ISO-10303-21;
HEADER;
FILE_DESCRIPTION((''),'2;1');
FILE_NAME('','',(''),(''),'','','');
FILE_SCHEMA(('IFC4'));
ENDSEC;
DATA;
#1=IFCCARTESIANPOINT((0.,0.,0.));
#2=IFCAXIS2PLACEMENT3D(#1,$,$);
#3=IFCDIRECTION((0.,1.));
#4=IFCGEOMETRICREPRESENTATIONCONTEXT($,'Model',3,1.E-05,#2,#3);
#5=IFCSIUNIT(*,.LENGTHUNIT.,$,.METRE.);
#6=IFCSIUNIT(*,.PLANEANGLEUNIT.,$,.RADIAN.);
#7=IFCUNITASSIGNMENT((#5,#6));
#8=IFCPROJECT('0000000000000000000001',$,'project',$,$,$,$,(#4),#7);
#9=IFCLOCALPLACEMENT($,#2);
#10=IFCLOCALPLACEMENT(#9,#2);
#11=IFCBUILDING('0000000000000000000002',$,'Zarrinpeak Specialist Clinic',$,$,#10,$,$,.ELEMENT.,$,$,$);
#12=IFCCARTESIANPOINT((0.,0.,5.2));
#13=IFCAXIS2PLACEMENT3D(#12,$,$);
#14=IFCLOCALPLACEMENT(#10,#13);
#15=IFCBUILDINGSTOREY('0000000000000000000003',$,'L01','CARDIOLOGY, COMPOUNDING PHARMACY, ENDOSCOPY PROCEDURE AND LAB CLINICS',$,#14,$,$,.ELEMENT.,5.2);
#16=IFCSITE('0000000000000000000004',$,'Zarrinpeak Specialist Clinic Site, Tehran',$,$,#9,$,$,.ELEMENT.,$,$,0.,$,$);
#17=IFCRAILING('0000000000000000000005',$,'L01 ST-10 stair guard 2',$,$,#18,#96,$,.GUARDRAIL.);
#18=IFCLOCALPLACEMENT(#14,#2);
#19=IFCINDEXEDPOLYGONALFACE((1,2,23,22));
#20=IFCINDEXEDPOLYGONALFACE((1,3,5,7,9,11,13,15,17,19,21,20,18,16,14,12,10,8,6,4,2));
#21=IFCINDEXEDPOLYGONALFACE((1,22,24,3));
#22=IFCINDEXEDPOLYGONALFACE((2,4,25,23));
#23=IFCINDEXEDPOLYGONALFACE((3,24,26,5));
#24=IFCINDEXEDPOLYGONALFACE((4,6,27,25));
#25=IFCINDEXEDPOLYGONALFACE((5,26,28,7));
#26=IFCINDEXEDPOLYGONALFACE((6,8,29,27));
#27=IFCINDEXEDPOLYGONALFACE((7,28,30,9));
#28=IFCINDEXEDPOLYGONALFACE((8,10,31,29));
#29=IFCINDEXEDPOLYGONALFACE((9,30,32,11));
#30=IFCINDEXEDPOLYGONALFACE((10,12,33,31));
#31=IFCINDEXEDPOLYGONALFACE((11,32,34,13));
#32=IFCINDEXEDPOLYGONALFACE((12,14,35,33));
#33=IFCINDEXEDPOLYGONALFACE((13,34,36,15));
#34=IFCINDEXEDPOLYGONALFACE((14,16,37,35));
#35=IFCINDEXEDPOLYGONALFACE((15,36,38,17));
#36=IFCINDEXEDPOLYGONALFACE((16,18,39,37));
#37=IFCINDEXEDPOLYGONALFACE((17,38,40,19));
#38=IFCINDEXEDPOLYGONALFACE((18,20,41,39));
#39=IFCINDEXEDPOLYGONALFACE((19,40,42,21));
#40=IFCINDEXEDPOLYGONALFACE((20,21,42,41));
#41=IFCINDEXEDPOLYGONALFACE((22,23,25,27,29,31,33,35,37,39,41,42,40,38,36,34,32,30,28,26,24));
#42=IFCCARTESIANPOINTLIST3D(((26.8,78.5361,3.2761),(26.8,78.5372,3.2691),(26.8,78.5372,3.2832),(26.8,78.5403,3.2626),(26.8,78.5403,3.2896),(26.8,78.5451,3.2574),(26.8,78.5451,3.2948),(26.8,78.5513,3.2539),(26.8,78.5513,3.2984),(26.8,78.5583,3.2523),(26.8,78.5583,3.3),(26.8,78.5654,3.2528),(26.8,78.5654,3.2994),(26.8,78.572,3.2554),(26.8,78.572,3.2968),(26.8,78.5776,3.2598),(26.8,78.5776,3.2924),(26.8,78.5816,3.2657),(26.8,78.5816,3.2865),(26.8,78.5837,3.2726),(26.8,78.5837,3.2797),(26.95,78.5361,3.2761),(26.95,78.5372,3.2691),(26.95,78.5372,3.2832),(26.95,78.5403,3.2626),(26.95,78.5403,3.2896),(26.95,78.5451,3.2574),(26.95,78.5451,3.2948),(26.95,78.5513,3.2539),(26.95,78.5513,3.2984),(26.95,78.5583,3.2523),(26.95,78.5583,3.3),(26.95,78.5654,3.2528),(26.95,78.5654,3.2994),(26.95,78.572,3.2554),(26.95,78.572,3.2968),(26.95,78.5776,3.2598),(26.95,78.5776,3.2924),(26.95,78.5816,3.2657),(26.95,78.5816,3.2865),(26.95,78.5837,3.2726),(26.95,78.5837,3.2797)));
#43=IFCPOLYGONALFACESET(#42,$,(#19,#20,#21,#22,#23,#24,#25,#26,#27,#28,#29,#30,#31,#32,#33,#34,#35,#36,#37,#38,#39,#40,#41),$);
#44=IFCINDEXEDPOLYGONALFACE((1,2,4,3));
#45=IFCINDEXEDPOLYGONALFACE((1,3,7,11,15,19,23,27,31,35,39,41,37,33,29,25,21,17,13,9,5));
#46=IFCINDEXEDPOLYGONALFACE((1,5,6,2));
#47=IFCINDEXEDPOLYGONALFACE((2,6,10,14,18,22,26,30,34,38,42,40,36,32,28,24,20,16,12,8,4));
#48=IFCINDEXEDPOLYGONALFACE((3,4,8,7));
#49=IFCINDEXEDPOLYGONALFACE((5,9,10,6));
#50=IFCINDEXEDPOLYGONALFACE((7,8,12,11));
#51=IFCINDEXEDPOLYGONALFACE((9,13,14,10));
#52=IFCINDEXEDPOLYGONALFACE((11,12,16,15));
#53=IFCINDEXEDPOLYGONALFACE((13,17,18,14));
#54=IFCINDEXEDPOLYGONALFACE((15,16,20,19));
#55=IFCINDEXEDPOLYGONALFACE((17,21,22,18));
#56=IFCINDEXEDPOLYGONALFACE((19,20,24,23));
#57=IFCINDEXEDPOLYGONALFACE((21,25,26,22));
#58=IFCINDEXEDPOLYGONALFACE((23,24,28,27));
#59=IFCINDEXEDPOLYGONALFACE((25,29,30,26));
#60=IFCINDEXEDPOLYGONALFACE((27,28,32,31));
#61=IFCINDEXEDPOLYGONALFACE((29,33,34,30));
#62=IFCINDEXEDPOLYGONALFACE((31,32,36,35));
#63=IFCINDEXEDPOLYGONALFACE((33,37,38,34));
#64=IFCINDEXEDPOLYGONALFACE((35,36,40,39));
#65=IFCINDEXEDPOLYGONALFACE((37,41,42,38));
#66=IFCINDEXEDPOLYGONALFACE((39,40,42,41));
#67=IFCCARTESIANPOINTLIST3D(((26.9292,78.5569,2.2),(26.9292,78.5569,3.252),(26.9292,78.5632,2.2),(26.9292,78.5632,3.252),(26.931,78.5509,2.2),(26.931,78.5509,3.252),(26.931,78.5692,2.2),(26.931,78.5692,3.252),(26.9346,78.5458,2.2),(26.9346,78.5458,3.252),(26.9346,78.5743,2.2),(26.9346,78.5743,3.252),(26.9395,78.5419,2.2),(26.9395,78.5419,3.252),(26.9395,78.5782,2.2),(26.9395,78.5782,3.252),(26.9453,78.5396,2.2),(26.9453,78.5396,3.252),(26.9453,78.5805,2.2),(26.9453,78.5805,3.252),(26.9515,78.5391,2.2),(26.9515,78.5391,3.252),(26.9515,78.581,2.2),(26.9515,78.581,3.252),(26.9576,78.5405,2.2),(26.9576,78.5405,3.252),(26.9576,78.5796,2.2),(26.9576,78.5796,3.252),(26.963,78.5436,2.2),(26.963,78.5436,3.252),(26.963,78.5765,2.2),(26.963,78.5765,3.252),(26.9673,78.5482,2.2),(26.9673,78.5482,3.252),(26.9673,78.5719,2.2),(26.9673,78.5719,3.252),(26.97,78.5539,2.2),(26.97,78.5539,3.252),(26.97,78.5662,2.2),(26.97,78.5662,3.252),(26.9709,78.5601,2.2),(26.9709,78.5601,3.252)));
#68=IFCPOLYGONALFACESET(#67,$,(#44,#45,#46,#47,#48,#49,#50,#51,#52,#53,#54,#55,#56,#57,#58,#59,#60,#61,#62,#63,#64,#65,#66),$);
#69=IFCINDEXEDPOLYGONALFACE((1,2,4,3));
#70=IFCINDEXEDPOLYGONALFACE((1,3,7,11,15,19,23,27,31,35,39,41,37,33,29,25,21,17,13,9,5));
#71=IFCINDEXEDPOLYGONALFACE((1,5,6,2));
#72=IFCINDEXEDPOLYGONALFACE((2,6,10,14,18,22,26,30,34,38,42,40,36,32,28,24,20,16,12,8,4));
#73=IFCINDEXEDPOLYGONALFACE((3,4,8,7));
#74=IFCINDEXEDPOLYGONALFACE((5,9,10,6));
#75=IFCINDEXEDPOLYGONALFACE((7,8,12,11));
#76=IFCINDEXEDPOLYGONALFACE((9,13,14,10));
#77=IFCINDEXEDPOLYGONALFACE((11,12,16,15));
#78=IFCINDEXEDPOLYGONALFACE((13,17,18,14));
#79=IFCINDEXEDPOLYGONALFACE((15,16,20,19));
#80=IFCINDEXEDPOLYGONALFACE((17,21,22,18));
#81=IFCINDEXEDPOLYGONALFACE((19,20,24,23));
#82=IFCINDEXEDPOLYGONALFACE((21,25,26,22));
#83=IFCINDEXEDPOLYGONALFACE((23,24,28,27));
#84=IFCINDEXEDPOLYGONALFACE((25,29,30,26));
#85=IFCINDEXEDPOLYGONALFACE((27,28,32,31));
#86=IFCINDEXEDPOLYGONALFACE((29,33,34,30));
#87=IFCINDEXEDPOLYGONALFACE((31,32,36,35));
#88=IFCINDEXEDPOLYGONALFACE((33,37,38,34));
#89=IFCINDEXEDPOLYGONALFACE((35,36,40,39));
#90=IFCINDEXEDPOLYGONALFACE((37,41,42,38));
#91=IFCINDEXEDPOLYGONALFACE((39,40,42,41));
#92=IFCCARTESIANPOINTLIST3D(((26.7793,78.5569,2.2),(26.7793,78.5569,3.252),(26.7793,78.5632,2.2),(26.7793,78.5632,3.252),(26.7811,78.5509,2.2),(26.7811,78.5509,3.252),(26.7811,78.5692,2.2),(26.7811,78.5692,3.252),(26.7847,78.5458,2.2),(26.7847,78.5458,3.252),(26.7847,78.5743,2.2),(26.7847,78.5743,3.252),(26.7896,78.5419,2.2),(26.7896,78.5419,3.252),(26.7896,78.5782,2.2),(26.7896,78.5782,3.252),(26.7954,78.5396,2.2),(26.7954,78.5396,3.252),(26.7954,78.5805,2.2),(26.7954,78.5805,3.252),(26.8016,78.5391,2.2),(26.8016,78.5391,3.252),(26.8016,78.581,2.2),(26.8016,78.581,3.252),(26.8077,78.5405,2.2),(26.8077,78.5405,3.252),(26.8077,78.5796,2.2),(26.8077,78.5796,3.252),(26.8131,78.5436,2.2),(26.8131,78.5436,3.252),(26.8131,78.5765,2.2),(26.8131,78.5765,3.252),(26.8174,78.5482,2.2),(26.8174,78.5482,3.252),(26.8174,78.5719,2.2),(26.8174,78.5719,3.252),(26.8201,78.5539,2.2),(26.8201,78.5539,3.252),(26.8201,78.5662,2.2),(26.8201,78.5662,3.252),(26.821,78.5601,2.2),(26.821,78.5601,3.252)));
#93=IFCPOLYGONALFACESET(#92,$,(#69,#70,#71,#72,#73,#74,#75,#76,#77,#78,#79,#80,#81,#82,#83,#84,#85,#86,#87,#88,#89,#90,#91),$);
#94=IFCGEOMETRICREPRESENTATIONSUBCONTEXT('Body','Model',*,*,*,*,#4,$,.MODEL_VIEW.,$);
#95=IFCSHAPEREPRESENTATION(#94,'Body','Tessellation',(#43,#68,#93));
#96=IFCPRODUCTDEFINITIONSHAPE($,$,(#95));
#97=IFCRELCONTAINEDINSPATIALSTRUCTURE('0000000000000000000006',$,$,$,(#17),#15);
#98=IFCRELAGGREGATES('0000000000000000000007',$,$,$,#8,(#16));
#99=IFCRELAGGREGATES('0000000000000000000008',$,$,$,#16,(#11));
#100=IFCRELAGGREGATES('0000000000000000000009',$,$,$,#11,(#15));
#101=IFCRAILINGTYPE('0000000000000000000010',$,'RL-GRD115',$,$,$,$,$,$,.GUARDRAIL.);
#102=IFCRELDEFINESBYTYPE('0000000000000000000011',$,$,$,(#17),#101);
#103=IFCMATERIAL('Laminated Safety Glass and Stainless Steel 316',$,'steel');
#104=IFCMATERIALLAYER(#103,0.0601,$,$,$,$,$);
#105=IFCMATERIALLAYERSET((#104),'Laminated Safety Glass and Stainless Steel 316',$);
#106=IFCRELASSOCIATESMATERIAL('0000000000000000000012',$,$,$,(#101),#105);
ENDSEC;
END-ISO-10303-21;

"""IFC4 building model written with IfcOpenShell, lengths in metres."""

from ifc_helpers import new_model, si_unit, direction, frame, origin, origin_2d, place, context, subcontext, project, spatial, circle, extrude, material, layer, layer_set, type_object, element, save


model = new_model("IFC4")

# Units and contexts
model_context = context("Model", 3, precision=1e-05, world=origin(), true_north=direction((0.0, 1.0)))
body_context = subcontext(model_context, "Body", "Model", "MODEL_VIEW")
ifc_project = project(units=[si_unit("LENGTHUNIT", "METRE"), si_unit("PLANEANGLEUNIT", "RADIAN")], contexts=[model_context])

# Site, building, storey
site_placement = place(None, origin())
site = spatial("IfcSite", under=ifc_project, at=site_placement, Name="Zarrinpeak Specialist Clinic Site, Tehran", CompositionType="ELEMENT", RefElevation=0.0)
building_placement = place(site_placement, origin())
building = spatial("IfcBuilding", under=site, at=building_placement, Name="Zarrinpeak Specialist Clinic", CompositionType="ELEMENT")
storey_placement = place(building_placement, frame((0.0, 0.0, 5.2)))
storey = spatial("IfcBuildingStorey", under=building, at=storey_placement, Name="L01", Description="CARDIOLOGY, COMPOUNDING PHARMACY, ENDOSCOPY PROCEDURE AND LAB CLINICS", CompositionType="ELEMENT", Elevation=5.2)

# Railing
ifc_material_1 = material(Name="Laminated Safety Glass and Stainless Steel 316", Category="steel")
ifc_layer_1 = layer(ifc_material_1, 0.0601)
ifc_layer_set_1 = layer_set([ifc_layer_1], Name="Laminated Safety Glass and Stainless Steel 316")
railing_type_1 = type_object("IfcRailingType", Name="RL-GRD115", PredefinedType="GUARDRAIL", material=ifc_layer_set_1)
railing_1_placement = place(storey_placement, frame((26.95, 78.5601, 2.2)))
element("IfcRailing", 1, at=railing_1_placement, inside=storey, type_object=railing_type_1, Name="L01 ST-10 stair guard 2", PredefinedType="GUARDRAIL", context=body_context, shape_type="SweptSolid", body=[
    extrude(circle(Radius=0.0239, at=origin_2d()), frame((0.0, 0.0, 1.0762), z_axis=(-1.0, 0.0, 0.0), x_axis=(0.0, -1.0, 0.0)), (0.0, 0.0, 1.0), 0.1499),
    extrude(circle(Radius=0.021, at=origin_2d()), origin(), (0.0, 0.0, 1.0), 1.052),
    extrude(circle(Radius=0.021, at=origin_2d()), frame((-0.1499, 0.0, 0.0)), (0.0, 0.0, 1.0), 1.052),
])

save(model, "model.ifc")
